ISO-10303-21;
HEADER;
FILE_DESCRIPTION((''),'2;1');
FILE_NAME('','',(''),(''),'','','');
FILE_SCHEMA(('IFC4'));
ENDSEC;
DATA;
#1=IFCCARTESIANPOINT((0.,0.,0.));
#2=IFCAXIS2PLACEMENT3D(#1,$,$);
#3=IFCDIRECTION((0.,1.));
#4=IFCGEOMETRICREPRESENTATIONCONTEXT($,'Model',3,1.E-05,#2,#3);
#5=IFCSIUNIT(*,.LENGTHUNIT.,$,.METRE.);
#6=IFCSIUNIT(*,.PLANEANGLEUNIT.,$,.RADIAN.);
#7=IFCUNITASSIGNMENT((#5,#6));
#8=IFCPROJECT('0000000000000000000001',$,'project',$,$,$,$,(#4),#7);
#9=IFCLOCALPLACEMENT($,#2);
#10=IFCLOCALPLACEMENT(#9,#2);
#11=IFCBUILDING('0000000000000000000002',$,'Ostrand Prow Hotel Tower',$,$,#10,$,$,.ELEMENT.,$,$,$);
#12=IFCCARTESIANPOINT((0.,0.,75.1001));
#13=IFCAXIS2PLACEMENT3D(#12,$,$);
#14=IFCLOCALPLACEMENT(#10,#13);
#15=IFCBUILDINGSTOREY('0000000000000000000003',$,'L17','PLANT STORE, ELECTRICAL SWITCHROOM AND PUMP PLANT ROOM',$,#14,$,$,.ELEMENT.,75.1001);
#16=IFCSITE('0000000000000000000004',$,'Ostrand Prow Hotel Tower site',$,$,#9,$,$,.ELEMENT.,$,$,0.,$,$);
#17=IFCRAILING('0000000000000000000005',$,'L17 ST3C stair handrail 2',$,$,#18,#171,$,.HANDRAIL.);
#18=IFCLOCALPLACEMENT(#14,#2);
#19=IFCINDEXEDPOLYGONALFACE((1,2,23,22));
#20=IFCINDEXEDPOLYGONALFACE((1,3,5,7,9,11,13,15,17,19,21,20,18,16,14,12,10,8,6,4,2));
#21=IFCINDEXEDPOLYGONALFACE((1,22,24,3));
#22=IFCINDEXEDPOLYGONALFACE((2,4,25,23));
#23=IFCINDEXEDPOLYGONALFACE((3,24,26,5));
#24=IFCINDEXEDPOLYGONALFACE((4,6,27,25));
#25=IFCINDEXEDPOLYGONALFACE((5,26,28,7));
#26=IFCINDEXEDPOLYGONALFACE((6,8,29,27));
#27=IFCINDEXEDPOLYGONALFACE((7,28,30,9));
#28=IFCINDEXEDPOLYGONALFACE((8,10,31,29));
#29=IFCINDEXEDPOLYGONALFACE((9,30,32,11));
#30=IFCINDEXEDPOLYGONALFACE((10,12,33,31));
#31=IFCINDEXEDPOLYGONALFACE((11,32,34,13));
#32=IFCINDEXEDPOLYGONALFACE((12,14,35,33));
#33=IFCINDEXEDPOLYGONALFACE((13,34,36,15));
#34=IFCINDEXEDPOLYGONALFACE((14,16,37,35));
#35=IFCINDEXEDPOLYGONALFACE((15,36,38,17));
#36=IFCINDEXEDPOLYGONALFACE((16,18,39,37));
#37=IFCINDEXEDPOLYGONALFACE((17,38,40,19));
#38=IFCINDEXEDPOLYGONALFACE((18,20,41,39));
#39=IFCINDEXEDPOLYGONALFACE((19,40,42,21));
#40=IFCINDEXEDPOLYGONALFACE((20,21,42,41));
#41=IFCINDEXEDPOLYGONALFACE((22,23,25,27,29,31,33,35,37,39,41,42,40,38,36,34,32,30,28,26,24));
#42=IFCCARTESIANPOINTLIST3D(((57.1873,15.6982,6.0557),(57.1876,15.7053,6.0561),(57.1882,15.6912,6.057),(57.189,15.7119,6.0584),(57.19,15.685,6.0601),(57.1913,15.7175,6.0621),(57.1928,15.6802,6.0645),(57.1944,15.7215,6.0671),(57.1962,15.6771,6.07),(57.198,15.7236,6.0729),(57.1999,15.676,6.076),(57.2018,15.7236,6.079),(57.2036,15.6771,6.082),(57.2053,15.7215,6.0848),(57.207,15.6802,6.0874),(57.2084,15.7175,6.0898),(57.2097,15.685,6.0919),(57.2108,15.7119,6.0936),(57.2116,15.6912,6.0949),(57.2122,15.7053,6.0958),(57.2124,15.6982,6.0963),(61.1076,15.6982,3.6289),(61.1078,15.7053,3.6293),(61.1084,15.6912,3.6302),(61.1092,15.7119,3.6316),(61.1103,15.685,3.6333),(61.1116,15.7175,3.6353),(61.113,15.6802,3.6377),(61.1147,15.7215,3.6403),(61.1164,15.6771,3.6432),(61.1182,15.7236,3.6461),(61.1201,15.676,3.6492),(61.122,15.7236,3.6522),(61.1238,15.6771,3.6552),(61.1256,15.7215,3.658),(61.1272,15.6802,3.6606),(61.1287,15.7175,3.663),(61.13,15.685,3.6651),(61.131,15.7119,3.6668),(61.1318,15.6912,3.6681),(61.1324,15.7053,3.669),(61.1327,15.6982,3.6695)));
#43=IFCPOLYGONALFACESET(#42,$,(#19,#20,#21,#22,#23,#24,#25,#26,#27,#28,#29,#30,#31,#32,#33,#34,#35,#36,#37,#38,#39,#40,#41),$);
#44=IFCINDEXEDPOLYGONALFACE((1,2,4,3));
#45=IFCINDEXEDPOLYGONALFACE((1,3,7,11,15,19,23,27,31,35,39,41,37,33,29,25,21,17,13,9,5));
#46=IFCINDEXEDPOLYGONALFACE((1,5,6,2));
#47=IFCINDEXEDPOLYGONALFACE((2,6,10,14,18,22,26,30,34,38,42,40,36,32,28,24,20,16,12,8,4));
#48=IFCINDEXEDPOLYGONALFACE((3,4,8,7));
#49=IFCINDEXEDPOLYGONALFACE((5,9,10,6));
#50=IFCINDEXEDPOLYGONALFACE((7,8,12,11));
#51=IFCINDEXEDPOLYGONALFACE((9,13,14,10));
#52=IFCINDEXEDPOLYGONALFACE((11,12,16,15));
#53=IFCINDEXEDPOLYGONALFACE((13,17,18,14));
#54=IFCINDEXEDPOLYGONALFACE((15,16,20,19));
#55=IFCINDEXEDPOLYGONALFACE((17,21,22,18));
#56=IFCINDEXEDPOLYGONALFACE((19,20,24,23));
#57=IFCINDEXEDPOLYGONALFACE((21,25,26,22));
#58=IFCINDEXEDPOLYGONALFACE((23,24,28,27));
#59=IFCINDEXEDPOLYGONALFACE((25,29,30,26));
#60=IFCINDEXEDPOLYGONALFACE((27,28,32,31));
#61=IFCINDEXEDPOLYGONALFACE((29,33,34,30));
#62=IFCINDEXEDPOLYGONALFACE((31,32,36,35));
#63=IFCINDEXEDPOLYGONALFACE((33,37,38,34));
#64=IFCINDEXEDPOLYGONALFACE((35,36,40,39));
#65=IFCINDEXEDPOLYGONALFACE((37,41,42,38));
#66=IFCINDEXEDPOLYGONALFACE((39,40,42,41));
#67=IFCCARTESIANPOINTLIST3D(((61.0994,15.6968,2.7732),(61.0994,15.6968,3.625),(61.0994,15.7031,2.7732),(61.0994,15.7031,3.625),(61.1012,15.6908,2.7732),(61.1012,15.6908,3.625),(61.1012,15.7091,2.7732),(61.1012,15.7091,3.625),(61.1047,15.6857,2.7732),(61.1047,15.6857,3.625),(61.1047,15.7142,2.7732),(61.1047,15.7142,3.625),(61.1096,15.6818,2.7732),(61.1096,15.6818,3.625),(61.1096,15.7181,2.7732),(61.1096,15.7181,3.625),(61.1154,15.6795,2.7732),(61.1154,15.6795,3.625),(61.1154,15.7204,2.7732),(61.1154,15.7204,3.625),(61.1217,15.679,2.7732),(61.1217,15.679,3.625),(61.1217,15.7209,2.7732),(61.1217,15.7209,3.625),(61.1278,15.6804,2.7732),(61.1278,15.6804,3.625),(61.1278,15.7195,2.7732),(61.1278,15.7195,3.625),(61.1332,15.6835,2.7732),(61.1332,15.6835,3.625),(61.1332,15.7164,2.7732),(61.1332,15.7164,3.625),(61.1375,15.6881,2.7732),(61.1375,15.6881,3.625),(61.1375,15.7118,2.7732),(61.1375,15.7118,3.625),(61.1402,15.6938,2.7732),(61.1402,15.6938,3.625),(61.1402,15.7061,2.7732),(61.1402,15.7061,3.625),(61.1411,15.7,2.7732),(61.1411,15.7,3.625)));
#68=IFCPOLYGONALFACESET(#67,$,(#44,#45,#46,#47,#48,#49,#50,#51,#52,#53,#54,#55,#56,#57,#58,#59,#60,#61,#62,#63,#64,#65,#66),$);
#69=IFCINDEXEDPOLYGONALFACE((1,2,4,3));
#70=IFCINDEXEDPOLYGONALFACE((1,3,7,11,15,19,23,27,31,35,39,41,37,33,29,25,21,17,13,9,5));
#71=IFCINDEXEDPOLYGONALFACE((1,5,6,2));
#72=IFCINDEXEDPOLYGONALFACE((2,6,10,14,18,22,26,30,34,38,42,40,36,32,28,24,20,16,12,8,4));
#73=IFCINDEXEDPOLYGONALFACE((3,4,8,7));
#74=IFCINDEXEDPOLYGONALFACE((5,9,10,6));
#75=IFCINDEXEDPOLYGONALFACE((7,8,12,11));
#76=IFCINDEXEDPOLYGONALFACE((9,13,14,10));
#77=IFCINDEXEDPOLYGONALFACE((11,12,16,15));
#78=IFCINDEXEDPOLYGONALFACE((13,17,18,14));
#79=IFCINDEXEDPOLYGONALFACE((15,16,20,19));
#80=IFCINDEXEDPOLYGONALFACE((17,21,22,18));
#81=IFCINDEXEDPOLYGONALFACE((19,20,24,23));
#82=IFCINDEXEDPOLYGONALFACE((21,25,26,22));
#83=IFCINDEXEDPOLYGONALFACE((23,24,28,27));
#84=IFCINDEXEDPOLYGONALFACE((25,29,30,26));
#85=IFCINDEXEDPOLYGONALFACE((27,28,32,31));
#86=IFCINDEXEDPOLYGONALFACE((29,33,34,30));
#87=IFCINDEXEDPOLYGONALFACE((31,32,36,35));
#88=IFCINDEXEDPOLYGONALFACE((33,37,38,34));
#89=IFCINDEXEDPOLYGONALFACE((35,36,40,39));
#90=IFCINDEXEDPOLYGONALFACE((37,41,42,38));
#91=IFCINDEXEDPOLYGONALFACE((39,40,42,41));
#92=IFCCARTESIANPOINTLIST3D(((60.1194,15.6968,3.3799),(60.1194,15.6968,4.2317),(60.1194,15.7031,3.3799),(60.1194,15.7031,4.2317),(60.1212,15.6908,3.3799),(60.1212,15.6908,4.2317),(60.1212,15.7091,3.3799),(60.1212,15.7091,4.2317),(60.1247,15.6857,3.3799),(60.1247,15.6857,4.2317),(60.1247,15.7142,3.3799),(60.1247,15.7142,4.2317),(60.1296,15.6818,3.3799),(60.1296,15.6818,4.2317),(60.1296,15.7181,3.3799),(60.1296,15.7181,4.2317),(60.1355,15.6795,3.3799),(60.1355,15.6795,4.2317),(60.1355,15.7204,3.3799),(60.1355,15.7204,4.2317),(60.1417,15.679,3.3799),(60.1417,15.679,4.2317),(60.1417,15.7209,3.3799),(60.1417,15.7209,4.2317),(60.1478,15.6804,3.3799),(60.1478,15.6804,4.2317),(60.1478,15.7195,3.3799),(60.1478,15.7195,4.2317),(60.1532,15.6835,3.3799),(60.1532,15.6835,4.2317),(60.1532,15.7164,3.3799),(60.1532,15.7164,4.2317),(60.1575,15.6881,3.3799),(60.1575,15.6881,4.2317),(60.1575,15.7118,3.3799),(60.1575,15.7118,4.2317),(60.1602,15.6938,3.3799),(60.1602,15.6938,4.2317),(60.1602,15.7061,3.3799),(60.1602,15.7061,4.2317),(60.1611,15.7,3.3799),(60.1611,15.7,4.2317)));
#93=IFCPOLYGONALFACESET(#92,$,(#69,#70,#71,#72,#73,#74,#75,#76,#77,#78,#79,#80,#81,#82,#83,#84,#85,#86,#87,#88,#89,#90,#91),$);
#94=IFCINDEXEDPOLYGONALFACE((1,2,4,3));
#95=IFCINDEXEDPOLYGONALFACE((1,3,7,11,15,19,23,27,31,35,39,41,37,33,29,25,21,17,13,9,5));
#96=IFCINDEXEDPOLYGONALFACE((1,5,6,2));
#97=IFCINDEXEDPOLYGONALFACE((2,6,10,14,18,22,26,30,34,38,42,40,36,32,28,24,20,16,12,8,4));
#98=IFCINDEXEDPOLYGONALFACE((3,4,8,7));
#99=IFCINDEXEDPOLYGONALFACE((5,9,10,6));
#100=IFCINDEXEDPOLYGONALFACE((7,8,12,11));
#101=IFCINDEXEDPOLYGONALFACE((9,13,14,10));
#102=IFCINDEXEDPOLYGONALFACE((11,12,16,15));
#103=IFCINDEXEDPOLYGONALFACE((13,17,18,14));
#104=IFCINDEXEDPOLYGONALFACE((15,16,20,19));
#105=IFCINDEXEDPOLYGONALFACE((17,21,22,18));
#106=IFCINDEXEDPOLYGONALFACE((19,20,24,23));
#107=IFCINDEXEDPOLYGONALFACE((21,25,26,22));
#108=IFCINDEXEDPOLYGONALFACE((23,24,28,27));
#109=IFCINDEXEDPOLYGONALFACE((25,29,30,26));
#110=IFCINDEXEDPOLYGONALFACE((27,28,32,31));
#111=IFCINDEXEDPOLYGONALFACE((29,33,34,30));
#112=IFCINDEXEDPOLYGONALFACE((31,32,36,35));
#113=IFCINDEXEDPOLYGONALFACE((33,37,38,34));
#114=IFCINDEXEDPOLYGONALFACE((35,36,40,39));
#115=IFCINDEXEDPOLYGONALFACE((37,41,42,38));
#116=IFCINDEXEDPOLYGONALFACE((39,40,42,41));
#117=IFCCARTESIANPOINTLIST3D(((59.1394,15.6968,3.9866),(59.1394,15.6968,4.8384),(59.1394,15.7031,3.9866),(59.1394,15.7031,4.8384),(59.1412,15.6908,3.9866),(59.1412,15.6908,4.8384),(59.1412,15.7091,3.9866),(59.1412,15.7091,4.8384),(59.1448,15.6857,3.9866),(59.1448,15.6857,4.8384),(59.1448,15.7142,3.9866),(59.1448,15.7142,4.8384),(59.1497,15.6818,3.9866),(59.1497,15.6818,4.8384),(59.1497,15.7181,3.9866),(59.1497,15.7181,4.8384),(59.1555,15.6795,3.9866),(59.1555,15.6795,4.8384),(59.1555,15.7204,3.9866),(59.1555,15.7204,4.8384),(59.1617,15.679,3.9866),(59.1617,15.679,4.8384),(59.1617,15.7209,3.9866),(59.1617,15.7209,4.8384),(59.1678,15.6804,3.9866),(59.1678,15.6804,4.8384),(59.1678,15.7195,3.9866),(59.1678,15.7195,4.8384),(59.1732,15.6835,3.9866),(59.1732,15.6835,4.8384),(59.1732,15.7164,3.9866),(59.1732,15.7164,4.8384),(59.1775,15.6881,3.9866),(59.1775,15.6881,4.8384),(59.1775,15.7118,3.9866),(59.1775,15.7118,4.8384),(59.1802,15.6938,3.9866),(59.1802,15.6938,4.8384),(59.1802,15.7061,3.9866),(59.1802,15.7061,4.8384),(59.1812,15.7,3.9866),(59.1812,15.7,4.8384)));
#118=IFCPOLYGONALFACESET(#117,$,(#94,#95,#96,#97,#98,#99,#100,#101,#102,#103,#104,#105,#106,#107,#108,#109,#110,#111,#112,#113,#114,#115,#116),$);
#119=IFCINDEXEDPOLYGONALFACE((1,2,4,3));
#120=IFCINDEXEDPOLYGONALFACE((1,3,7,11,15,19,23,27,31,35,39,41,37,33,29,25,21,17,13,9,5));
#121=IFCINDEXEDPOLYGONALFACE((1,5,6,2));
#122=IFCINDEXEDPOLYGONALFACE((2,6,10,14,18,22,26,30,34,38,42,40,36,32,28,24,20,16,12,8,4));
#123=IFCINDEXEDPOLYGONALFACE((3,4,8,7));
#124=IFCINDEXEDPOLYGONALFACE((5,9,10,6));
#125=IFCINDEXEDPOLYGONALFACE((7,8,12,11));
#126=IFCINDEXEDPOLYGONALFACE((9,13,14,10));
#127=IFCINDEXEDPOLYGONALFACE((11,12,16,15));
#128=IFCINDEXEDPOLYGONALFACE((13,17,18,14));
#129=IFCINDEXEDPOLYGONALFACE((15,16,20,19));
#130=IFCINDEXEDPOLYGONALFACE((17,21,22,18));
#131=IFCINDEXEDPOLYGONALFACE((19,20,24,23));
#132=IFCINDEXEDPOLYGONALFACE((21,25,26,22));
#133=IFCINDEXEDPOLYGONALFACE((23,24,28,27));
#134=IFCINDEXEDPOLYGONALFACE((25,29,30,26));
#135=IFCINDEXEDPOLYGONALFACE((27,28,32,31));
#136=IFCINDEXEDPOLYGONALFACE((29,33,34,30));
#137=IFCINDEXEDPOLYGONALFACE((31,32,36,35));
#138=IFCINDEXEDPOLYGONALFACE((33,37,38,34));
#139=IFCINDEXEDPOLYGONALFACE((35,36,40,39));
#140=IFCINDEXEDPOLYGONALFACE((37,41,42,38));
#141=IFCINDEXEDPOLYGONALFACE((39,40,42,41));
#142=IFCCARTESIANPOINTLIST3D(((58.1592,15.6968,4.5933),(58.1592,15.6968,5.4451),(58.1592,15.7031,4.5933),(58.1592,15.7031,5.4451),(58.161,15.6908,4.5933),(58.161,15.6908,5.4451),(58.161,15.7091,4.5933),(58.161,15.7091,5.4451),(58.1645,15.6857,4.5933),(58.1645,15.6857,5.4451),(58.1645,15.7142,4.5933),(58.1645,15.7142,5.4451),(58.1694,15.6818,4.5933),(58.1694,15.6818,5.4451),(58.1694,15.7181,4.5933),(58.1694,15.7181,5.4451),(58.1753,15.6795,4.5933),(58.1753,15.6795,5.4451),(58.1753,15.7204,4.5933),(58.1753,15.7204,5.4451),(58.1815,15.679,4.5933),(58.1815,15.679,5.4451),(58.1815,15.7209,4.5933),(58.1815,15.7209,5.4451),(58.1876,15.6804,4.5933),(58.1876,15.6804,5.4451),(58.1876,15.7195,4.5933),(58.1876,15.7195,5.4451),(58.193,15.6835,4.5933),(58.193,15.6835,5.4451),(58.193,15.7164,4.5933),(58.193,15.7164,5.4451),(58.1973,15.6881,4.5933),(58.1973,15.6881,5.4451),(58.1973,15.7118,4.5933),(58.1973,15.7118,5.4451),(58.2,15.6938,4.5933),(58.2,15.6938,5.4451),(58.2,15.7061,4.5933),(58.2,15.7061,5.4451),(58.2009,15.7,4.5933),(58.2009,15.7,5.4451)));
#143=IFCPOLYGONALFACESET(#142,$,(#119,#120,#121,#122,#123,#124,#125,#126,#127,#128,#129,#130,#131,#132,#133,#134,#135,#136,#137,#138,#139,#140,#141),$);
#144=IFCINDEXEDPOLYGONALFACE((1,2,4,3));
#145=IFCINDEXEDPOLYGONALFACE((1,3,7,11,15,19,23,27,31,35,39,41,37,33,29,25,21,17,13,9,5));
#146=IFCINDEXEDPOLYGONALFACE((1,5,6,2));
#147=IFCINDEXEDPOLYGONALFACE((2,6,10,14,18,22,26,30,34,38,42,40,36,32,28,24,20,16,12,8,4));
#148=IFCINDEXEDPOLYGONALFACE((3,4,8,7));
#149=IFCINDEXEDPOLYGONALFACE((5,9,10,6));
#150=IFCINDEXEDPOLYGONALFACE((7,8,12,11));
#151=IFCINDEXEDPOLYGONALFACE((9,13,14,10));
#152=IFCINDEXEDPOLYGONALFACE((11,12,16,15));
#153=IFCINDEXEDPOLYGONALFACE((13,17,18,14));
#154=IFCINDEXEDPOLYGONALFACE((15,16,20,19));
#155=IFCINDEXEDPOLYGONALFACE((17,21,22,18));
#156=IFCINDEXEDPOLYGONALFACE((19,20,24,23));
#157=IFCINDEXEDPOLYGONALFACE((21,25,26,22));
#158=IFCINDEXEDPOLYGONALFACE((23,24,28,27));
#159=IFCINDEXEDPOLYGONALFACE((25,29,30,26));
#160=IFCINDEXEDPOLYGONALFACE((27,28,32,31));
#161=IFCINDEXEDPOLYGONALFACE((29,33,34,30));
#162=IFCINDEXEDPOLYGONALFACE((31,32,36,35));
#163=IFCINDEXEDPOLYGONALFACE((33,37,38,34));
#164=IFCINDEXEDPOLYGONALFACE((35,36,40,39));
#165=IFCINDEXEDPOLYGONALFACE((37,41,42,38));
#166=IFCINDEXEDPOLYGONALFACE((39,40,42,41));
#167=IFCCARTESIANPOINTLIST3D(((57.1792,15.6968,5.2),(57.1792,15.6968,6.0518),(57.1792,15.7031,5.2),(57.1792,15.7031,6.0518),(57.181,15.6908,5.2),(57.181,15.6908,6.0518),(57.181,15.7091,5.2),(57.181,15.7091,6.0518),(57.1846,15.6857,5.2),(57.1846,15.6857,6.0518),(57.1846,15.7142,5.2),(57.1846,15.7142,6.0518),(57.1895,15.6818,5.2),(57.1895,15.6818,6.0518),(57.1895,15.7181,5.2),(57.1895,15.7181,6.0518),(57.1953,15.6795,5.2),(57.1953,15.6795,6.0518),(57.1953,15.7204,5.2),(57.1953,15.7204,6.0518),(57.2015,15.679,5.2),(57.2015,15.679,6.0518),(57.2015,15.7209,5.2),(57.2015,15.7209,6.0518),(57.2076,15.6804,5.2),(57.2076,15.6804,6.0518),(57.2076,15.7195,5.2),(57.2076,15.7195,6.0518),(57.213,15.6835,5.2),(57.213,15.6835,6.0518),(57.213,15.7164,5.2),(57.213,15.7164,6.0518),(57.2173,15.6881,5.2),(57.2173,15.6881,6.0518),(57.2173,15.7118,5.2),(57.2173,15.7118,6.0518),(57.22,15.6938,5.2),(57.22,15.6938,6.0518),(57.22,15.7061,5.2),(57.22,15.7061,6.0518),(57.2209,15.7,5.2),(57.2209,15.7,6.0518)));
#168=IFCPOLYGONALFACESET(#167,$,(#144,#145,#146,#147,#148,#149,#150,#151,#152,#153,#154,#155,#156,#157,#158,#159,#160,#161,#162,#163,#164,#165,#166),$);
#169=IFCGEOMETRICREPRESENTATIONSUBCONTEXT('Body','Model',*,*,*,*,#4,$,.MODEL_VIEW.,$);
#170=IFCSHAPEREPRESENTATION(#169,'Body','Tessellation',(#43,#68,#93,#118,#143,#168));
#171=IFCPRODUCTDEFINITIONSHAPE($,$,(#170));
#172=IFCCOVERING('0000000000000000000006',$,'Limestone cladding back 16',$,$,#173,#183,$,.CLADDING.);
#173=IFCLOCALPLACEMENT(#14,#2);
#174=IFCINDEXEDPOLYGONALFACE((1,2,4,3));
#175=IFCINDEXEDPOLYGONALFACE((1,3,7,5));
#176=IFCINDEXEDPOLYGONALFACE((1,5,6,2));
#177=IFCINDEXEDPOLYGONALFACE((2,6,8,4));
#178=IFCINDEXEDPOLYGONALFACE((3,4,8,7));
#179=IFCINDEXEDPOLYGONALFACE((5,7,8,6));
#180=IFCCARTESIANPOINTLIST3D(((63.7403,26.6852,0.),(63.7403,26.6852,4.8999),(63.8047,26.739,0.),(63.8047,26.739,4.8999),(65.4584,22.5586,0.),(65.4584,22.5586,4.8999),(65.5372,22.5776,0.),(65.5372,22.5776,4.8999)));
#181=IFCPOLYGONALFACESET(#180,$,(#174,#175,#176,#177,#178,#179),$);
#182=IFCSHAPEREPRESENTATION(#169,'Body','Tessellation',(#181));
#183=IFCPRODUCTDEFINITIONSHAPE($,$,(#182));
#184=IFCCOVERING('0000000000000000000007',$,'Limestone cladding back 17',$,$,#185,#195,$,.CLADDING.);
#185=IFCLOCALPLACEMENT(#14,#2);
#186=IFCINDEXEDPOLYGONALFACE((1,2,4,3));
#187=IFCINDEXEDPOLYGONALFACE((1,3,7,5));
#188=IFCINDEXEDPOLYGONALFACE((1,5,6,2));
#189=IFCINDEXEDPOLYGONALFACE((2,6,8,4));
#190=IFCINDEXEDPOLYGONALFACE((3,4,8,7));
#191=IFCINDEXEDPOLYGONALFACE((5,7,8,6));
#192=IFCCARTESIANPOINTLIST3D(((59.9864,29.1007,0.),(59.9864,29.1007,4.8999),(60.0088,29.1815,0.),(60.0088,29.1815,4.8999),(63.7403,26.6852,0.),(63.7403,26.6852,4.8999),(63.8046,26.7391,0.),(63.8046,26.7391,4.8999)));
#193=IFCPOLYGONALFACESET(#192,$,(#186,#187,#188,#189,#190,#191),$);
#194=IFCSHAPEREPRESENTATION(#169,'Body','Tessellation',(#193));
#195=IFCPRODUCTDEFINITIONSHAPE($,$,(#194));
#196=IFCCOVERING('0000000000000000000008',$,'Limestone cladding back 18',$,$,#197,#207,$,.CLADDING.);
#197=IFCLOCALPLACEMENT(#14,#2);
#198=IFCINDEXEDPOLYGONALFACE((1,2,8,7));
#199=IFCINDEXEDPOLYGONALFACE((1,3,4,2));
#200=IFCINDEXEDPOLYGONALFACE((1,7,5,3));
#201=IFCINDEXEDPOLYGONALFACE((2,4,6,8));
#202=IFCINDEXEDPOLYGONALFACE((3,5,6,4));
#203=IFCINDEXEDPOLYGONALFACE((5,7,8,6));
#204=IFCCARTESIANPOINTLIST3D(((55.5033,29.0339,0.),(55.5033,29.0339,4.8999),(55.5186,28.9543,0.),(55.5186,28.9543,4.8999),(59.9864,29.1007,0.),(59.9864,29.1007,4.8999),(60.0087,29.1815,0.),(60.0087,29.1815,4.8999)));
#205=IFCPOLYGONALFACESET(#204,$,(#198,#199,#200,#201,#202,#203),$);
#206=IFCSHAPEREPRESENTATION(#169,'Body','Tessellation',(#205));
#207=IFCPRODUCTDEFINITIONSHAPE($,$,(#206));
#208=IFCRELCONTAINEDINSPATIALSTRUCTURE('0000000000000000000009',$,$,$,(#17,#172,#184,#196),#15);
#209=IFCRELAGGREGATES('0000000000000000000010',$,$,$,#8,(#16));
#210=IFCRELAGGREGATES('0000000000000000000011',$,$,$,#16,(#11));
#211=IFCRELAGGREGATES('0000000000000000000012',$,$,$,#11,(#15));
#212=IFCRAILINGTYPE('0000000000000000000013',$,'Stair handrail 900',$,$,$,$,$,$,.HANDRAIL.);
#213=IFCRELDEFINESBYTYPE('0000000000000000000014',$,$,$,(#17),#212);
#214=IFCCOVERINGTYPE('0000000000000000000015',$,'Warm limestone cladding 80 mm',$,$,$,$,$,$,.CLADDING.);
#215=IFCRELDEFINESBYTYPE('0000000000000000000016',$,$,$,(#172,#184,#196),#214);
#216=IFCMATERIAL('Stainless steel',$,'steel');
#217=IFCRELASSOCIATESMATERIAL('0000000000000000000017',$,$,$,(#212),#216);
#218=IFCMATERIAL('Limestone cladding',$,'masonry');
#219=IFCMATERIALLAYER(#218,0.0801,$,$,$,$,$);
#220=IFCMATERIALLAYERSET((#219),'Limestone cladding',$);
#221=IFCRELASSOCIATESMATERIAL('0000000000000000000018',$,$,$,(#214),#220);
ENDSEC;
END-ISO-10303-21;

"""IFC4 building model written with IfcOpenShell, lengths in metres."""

from ifc_helpers import new_model, si_unit, direction, frame, origin, origin_2d, place, context, subcontext, project, spatial, polyline, circle, outline, extrude, material, layer, layer_set, type_object, element, save


model = new_model("IFC4")

# Units and contexts
model_context = context("Model", 3, precision=1e-05, world=origin(), true_north=direction((0.0, 1.0)))
body_context = subcontext(model_context, "Body", "Model", "MODEL_VIEW")
ifc_project = project(units=[si_unit("LENGTHUNIT", "METRE"), si_unit("PLANEANGLEUNIT", "RADIAN")], contexts=[model_context])

# Site, building, storey
site_placement = place(None, origin())
site = spatial("IfcSite", under=ifc_project, at=site_placement, Name="Ostrand Prow Hotel Tower site", CompositionType="ELEMENT", RefElevation=0.0)
building_placement = place(site_placement, origin())
building = spatial("IfcBuilding", under=site, at=building_placement, Name="Ostrand Prow Hotel Tower", CompositionType="ELEMENT")
storey_placement = place(building_placement, frame((0.0, 0.0, 75.1001)))
storey = spatial("IfcBuildingStorey", under=building, at=storey_placement, Name="L17", Description="PLANT STORE, ELECTRICAL SWITCHROOM AND PUMP PLANT ROOM", CompositionType="ELEMENT", Elevation=75.1001)

# Railing
ifc_material_1 = material(Name="Stainless steel", Category="steel")
railing_type_1 = type_object("IfcRailingType", Name="Stair handrail 900", PredefinedType="HANDRAIL", material=ifc_material_1)
railing_1_placement = place(storey_placement, frame((61.1201, 15.7, 2.7732)))
element("IfcRailing", 1, at=railing_1_placement, inside=storey, type_object=railing_type_1, Name="L17 ST3C stair handrail 2", PredefinedType="HANDRAIL", context=body_context, shape_type="SweptSolid", body=[
    extrude(circle(Radius=0.0239, at=origin_2d()), frame((0.0, 0.0, 0.876), z_axis=(-0.850266, 0.0, 0.526353), x_axis=(0.0, -1.0, 0.0)), (0.0, 0.0, 1.0), 4.6106),
    extrude(circle(Radius=0.021, at=origin_2d()), origin(), (0.0, 0.0, 1.0), 0.8518),
    extrude(circle(Radius=0.021, at=origin_2d()), frame((-0.98, 0.0, 0.6067)), (0.0, 0.0, 1.0), 0.8518),
    extrude(circle(Radius=0.021, at=origin_2d()), frame((-1.96, 0.0, 1.2134)), (0.0, 0.0, 1.0), 0.8518),
    extrude(circle(Radius=0.021, at=origin_2d()), frame((-2.9402, 0.0, 1.8201)), (0.0, 0.0, 1.0), 0.8518),
    extrude(circle(Radius=0.021, at=origin_2d()), frame((-3.9202, 0.0, 2.4268)), (0.0, 0.0, 1.0), 0.8518),
])

# Coverings
ifc_material_2 = material(Name="Limestone cladding", Category="masonry")
ifc_layer_1 = layer(ifc_material_2, 0.0801)
ifc_layer_set_1 = layer_set([ifc_layer_1], Name="Limestone cladding")
covering_type = type_object("IfcCoveringType", Name="Warm limestone cladding 80 mm", PredefinedType="CLADDING", material=ifc_layer_set_1)
covering_1_placement = place(storey_placement, frame((65.4978, 22.5681, 0.0), z_axis=(0.0, 0.0, 1.0), x_axis=(-0.38436, 0.923183, 0.0)))
element("IfcCovering", 2, at=covering_1_placement, inside=storey, type_object=covering_type, Name="Limestone cladding back 16", PredefinedType="CLADDING", context=body_context, shape_type="SweptSolid", body=[
    extrude(outline(polyline([(-0.0063, -0.04), (4.5012, -0.04), (4.4763, 0.04), (0.0063, 0.04), (-0.0063, -0.04)])), origin(), (0.0, 0.0, 1.0), 4.8999),
])
covering_2_placement = place(storey_placement, frame((63.7725, 26.7122, 0.0), z_axis=(0.0, 0.0, 1.0), x_axis=(-0.840952, 0.541109, 0.0)))
element("IfcCovering", 3, at=covering_2_placement, inside=storey, type_object=covering_type, Name="Limestone cladding back 17", PredefinedType="CLADDING", context=body_context, shape_type="SweptSolid", body=[
    extrude(outline(polyline([(-0.0125, -0.04), (4.5012, -0.04), (4.4763, 0.04), (0.0125, 0.04), (-0.0125, -0.04)])), origin(), (0.0, 0.0, 1.0), 4.8999),
])
covering_3_placement = place(storey_placement, frame((59.9976, 29.1411, 0.0), z_axis=(0.0, 0.0, 1.0), x_axis=(-0.999464, -0.032741, 0.0)))
element("IfcCovering", 4, at=covering_3_placement, inside=storey, type_object=covering_type, Name="Limestone cladding back 18", PredefinedType="CLADDING", context=body_context, shape_type="SweptSolid", body=[
    extrude(outline(polyline([(-0.0125, -0.04), (4.4954, -0.04), (4.4827, 0.04), (0.0125, 0.04), (-0.0125, -0.04)])), origin(), (0.0, 0.0, 1.0), 4.8999),
])

save(model, "model.ifc")
